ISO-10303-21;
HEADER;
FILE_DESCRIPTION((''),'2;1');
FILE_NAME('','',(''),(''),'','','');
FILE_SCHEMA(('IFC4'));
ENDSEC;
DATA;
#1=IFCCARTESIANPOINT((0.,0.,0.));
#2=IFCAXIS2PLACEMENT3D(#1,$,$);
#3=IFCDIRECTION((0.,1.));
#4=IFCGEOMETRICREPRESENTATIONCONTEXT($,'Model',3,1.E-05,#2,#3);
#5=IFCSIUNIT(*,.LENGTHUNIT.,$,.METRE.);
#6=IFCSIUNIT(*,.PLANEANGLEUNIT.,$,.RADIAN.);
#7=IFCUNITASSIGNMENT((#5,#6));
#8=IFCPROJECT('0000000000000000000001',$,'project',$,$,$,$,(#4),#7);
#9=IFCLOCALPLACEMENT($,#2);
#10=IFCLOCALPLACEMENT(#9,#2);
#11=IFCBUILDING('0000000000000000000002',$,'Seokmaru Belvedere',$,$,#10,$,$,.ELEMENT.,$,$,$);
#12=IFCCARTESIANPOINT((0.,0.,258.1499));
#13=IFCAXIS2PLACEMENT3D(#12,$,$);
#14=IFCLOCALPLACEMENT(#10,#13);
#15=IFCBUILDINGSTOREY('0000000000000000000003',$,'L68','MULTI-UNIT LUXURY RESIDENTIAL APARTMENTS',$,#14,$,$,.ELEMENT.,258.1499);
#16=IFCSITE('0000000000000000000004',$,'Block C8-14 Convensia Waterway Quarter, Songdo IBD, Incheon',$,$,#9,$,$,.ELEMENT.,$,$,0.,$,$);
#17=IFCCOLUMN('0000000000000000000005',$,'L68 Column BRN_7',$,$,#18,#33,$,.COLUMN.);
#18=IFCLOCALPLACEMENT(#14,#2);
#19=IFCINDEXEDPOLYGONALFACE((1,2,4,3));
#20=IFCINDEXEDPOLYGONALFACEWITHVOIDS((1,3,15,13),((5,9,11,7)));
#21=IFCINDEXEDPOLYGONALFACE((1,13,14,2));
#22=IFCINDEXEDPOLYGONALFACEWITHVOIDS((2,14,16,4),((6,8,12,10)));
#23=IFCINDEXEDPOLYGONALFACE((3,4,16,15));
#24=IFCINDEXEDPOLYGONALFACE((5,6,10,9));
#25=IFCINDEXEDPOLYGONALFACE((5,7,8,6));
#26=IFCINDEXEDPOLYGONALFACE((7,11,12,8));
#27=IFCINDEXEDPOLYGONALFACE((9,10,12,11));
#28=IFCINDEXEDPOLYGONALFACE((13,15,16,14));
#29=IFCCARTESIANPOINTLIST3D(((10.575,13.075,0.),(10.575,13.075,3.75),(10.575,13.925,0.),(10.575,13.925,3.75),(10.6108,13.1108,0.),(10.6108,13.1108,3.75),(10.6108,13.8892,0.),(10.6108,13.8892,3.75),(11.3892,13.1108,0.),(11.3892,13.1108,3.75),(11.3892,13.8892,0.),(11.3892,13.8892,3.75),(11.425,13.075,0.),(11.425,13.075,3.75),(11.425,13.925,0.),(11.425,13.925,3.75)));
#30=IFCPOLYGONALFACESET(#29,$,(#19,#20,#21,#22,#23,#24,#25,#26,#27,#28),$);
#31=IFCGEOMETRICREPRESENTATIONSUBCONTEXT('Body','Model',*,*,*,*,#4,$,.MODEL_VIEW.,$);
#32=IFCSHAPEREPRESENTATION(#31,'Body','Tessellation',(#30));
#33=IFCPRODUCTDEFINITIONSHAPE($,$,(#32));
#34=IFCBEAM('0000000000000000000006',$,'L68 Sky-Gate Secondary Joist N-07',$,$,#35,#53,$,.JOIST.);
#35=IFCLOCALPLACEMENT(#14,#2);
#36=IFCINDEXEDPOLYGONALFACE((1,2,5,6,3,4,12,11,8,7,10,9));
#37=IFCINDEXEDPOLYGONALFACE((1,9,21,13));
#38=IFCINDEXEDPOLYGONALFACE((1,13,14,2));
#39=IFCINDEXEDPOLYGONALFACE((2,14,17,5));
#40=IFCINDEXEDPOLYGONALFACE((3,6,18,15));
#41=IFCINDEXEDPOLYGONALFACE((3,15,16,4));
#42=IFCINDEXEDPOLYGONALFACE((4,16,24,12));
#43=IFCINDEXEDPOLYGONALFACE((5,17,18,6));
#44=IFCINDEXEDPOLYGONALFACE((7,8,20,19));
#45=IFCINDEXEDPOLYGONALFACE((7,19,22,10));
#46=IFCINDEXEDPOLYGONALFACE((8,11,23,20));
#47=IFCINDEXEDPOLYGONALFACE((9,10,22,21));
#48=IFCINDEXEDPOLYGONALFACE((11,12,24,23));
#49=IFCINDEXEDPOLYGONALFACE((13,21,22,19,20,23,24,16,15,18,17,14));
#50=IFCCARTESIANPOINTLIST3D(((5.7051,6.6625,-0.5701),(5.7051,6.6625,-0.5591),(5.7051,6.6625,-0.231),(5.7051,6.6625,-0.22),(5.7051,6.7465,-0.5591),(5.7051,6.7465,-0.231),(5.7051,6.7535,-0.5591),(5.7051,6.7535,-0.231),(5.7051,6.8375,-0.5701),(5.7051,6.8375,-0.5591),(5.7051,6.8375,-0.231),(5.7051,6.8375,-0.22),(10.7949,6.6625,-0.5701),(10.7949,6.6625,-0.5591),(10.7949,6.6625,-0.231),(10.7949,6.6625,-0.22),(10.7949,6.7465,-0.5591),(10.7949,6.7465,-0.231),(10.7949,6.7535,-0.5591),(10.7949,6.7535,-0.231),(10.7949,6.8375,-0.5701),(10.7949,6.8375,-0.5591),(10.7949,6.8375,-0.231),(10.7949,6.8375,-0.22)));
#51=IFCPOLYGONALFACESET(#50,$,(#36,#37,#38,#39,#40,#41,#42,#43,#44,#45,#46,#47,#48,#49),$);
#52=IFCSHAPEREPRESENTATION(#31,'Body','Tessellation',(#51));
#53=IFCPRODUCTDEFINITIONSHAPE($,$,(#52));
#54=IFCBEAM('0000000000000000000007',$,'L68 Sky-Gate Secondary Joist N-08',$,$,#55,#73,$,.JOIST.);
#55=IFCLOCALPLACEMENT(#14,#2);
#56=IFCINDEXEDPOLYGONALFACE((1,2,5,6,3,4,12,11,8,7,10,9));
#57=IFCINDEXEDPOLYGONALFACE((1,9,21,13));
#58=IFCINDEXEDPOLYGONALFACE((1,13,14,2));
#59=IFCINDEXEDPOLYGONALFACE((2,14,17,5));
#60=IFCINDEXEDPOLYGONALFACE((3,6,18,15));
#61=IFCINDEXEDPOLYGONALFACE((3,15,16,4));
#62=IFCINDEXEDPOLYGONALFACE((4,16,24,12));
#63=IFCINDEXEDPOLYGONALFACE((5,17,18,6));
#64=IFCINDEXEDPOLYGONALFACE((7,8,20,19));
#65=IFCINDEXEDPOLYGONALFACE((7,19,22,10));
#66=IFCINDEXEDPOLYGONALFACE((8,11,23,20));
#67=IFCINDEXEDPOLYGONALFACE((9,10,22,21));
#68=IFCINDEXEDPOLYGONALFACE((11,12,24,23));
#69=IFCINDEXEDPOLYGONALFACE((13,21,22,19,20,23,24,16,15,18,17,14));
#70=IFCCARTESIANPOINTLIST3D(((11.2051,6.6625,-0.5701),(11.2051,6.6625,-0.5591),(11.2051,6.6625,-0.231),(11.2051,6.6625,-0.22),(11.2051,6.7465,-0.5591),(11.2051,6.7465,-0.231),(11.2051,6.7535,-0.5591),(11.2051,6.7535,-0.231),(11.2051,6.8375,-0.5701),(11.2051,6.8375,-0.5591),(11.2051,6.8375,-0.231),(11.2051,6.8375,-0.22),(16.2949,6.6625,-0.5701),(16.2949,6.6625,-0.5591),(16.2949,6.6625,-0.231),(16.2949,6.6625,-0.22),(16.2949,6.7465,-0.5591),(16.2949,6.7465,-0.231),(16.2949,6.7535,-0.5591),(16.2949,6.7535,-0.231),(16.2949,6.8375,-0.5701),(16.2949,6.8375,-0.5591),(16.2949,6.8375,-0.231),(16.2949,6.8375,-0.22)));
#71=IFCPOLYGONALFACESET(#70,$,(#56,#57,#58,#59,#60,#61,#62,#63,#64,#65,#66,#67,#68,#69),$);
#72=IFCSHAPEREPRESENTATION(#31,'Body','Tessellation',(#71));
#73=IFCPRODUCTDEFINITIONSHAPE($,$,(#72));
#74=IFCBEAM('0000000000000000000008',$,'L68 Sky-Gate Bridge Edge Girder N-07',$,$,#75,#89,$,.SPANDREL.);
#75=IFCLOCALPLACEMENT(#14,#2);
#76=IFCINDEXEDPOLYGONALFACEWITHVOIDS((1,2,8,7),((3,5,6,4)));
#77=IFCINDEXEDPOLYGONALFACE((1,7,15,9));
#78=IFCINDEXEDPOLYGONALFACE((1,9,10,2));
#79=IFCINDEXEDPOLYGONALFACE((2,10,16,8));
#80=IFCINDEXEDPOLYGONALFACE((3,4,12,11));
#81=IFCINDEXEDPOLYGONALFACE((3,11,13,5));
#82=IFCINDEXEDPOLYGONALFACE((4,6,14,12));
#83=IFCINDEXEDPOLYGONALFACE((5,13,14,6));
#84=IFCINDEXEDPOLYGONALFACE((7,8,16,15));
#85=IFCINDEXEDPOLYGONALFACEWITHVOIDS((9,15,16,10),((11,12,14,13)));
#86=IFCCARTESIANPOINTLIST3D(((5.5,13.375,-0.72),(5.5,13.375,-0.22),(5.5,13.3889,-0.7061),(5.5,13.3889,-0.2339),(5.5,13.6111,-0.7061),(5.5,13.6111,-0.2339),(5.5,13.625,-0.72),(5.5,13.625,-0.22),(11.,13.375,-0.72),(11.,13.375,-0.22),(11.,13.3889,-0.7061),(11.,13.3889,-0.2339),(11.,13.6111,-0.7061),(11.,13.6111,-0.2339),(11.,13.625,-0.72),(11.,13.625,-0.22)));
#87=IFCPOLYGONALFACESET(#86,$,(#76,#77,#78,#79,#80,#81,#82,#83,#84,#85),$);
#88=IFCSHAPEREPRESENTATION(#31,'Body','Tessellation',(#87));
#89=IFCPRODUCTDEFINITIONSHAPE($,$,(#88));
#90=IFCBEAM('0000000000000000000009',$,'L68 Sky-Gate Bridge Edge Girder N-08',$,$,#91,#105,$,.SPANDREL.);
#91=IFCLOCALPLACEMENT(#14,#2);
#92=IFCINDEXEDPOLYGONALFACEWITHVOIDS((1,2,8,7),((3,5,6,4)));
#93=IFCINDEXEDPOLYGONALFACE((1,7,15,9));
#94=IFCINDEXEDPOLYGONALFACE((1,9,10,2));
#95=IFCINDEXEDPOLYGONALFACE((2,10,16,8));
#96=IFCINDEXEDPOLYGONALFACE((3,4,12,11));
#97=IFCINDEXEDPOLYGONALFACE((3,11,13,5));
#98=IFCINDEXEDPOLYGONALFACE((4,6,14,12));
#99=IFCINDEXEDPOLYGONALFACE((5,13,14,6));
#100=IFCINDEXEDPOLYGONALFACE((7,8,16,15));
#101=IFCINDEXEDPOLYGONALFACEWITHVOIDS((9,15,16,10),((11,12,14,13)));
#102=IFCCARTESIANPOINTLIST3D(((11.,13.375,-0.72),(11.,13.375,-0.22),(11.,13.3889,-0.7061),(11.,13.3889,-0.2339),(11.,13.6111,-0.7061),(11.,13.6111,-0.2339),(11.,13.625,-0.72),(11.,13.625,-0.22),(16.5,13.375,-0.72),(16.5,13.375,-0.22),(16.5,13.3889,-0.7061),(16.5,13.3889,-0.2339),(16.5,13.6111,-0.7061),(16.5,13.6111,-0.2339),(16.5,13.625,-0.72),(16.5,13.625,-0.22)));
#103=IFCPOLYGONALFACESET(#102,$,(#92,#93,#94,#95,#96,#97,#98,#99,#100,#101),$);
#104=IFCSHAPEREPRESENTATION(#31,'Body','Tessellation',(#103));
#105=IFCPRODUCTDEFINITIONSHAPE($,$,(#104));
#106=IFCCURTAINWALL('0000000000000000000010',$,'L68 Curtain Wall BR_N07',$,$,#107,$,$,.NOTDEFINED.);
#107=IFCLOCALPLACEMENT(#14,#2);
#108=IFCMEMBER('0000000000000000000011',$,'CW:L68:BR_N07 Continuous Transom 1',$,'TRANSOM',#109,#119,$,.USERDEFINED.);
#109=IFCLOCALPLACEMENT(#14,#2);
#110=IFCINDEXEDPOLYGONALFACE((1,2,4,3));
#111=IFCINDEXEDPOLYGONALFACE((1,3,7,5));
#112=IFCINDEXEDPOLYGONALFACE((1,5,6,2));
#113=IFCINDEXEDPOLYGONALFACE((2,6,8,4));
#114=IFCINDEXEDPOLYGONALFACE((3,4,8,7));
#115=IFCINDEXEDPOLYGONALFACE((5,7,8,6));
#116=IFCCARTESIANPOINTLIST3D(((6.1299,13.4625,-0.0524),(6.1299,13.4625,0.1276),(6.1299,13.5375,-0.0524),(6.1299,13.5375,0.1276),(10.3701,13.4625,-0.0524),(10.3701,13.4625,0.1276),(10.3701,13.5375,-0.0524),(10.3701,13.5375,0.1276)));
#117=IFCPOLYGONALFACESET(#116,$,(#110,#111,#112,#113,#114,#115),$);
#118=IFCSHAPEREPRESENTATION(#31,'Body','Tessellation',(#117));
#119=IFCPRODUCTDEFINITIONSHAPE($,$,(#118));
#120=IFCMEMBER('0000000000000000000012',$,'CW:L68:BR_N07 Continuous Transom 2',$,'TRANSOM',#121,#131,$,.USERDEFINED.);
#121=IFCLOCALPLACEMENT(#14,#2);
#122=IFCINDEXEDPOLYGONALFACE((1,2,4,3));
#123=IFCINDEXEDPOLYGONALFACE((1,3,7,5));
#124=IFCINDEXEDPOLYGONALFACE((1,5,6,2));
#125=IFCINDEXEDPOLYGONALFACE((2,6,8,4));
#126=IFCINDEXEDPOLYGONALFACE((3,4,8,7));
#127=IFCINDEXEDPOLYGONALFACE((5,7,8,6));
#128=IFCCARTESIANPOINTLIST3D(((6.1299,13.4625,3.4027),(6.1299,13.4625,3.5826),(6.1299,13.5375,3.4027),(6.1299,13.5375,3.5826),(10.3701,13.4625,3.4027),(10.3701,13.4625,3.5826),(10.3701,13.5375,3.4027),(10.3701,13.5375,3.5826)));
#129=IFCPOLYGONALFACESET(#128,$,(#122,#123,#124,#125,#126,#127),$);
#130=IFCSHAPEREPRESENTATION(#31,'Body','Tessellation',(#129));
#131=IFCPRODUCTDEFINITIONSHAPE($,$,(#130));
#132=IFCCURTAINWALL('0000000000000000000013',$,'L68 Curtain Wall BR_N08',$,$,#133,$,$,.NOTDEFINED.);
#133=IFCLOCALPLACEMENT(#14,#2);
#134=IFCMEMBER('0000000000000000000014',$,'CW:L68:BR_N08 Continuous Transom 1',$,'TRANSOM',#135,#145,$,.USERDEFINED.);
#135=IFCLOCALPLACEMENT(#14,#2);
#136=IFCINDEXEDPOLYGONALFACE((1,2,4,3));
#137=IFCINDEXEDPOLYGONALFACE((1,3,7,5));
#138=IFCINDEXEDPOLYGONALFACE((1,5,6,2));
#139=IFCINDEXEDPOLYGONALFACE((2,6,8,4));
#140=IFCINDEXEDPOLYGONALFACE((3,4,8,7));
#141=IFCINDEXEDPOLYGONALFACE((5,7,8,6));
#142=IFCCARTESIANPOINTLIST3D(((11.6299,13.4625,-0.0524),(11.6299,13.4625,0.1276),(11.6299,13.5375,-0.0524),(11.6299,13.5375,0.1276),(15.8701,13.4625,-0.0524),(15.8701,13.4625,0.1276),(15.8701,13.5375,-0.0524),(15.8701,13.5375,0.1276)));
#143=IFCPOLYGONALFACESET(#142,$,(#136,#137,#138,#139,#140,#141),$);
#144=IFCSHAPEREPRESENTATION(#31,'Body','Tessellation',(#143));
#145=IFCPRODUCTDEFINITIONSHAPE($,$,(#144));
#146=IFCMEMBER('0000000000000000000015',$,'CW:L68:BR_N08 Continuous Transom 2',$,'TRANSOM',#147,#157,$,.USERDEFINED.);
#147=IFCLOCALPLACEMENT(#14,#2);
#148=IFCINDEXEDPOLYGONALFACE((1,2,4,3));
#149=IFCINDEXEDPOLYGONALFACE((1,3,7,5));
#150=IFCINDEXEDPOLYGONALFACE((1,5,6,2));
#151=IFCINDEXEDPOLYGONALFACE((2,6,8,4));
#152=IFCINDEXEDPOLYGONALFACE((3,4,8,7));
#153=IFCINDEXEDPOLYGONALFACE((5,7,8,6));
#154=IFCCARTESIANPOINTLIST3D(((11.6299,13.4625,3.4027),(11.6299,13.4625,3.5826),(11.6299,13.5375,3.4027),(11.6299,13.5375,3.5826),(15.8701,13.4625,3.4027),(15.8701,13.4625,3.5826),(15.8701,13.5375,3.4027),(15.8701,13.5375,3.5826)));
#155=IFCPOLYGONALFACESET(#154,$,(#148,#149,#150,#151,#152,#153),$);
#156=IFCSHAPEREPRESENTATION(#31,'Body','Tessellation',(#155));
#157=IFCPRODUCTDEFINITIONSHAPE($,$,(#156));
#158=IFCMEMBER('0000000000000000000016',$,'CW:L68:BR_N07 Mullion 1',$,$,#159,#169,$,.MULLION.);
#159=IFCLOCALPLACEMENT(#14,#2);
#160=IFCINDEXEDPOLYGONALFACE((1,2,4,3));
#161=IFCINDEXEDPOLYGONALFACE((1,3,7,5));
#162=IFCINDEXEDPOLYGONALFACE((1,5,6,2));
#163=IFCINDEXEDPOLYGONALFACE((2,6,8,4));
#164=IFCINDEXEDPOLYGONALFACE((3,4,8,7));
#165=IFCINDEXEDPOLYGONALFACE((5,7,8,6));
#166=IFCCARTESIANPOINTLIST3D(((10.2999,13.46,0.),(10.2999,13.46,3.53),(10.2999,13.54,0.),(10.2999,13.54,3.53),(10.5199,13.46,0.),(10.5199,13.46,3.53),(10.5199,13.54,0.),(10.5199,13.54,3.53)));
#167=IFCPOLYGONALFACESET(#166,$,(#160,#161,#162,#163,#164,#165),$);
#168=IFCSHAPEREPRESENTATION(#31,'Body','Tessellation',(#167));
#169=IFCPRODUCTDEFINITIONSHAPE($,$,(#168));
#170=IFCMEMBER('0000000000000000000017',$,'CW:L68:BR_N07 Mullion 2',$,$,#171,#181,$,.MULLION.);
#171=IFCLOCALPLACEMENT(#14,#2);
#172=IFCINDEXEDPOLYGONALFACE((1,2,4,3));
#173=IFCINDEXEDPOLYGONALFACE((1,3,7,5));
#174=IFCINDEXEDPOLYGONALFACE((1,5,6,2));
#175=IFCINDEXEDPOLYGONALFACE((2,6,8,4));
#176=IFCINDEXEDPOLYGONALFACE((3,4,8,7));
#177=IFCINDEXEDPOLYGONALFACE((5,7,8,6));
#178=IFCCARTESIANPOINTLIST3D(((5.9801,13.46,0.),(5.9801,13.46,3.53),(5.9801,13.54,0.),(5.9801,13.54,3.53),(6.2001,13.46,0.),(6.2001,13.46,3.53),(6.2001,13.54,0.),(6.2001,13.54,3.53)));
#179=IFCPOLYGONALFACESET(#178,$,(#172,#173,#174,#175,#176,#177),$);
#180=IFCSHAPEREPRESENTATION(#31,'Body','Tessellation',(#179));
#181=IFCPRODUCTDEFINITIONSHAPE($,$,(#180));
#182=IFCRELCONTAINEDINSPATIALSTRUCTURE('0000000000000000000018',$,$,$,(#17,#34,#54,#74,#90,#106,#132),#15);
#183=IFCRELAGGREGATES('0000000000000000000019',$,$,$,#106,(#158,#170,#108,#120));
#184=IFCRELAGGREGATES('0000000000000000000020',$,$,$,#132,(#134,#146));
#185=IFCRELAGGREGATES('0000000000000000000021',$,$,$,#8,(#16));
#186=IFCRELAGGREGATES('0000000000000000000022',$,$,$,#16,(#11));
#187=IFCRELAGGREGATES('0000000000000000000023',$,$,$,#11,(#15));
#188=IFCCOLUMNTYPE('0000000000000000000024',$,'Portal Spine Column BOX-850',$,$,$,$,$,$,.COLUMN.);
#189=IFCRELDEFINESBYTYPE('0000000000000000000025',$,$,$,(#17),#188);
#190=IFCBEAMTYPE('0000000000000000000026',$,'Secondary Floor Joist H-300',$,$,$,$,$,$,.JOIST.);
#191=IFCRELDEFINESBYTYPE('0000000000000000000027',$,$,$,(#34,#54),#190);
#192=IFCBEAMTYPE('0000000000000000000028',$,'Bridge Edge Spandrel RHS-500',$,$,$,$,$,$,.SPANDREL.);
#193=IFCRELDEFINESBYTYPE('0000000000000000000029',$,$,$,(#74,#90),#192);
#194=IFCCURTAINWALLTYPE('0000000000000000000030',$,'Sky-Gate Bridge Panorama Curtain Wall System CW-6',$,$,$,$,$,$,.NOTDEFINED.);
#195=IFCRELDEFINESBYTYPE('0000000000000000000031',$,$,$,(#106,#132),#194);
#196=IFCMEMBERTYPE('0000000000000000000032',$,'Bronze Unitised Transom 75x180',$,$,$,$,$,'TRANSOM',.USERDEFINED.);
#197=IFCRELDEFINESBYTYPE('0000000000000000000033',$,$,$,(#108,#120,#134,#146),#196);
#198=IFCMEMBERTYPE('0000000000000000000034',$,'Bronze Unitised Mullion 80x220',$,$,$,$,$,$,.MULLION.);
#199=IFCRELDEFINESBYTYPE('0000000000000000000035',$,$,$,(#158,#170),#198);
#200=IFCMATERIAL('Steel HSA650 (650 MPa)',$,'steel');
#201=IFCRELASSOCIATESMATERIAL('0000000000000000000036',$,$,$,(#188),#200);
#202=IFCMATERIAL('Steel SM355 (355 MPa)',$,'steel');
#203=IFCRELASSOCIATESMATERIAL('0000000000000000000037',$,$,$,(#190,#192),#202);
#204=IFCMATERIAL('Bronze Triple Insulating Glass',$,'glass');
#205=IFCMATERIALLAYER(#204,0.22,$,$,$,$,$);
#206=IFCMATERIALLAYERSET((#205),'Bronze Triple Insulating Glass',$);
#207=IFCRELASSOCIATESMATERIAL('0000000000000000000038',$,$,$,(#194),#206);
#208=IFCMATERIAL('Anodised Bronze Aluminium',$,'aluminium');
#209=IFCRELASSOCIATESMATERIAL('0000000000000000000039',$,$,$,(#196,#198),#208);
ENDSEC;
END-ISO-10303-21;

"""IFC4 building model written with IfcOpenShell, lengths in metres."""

from ifc_helpers import new_model, si_unit, direction, frame, origin, origin_2d, place, context, subcontext, project, spatial, rectangle, hollow_rectangle, i_section, extrude, source, transform, mapped, material, layer, layer_set, material_profile, profile_set, type_object, type_shapes, element, aggregate, save


model = new_model("IFC4")

# Units and contexts
model_context = context("Model", 3, precision=1e-05, world=origin(), true_north=direction((0.0, 1.0)))
body_context = subcontext(model_context, "Body", "Model", "MODEL_VIEW")
ifc_project = project(units=[si_unit("LENGTHUNIT", "METRE"), si_unit("PLANEANGLEUNIT", "RADIAN")], contexts=[model_context])

# Site, building, storey
site_placement = place(None, origin())
site = spatial("IfcSite", under=ifc_project, at=site_placement, Name="Block C8-14 Convensia Waterway Quarter, Songdo IBD, Incheon", CompositionType="ELEMENT", RefElevation=0.0)
building_placement = place(site_placement, origin())
building = spatial("IfcBuilding", under=site, at=building_placement, Name="Seokmaru Belvedere", CompositionType="ELEMENT")
storey_placement = place(building_placement, frame((0.0, 0.0, 258.1499)))
storey = spatial("IfcBuildingStorey", under=building, at=storey_placement, Name="L68", Description="MULTI-UNIT LUXURY RESIDENTIAL APARTMENTS", CompositionType="ELEMENT", Elevation=258.1499)

# Column
ifc_material_1 = material(Name="Steel HSA650 (650 MPa)", Category="steel")
ifc_material_profile_1 = material_profile(ifc_material_1, hollow_rectangle(XDim=0.8501, YDim=0.8501, WallThickness=0.0359, at=origin_2d()), Name="BOX-850x850x36")
ifc_profile_set_1 = profile_set([ifc_material_profile_1], Name="Steel HSA650 (650 MPa)")
column_type = type_object("IfcColumnType", Name="Portal Spine Column BOX-850", PredefinedType="COLUMN", material=ifc_profile_set_1)
shared_shape_1 = source(origin(), body_context, "Body", "SweptSolid", [
    extrude(hollow_rectangle(XDim=0.8501, YDim=0.8501, WallThickness=0.0359, at=origin_2d()), origin(), (0.0, 0.0, 1.0), 3.75),
])
type_shapes(column_type, [shared_shape_1])
column_placement = place(storey_placement, frame((11.0, 13.5, 0.0), z_axis=(0.0, 0.0, 1.0), x_axis=(1.0, 0.0, 0.0)))
element("IfcColumn", 1, at=column_placement, inside=storey, type_object=column_type, Name="L68 Column BRN_7", PredefinedType="COLUMN", context=body_context, shape_type="MappedRepresentation", body=[
    mapped(shared_shape_1, transform((0.0, 0.0, 0.0), scale=1.0)),
])

# Beams
ifc_material_2 = material(Name="Steel SM355 (355 MPa)", Category="steel")
ifc_material_profile_2 = material_profile(ifc_material_2, i_section(OverallWidth=0.175, OverallDepth=0.3501, WebThickness=0.0071, FlangeThickness=0.011, at=origin_2d()), Name="H-350x175x7x11")
ifc_profile_set_2 = profile_set([ifc_material_profile_2], Name="Steel SM355 (355 MPa)")
beam_type_1 = type_object("IfcBeamType", Name="Secondary Floor Joist H-300", PredefinedType="JOIST", material=ifc_profile_set_2)
shared_shape_2 = source(origin(), body_context, "Body", "SweptSolid", [
    extrude(i_section(OverallWidth=0.175, OverallDepth=0.3501, WebThickness=0.0071, FlangeThickness=0.011, at=origin_2d()), origin(), (0.0, 0.0, 1.0), 5.0898),
])
type_shapes(beam_type_1, [shared_shape_2])
for number, where, z_axis, x_axis, name in (
    (2, (5.7051, 6.75, -0.395), (1.0, 0.0, 0.0), (0.0, 1.0, 0.0), "L68 Sky-Gate Secondary Joist N-07"),
    (3, (11.2051, 6.75, -0.395), (1.0, 0.0, 0.0), (0.0, 1.0, 0.0), "L68 Sky-Gate Secondary Joist N-08"),
):
    element("IfcBeam", number, at=place(storey_placement, frame(where, z_axis=z_axis, x_axis=x_axis)), inside=storey, type_object=beam_type_1, Name=name, PredefinedType="JOIST", context=body_context, shape_type="MappedRepresentation", body=[
        mapped(shared_shape_2, transform((0.0, 0.0, 0.0), scale=1.0)),
    ])
ifc_material_profile_3 = material_profile(ifc_material_2, hollow_rectangle(XDim=0.25, YDim=0.5, WallThickness=0.0139, at=origin_2d()), Name="RHS-500x250x14")
ifc_profile_set_3 = profile_set([ifc_material_profile_3], Name="Steel SM355 (355 MPa)")
beam_type_2 = type_object("IfcBeamType", Name="Bridge Edge Spandrel RHS-500", PredefinedType="SPANDREL", material=ifc_profile_set_3)
shared_shape_3 = source(origin(), body_context, "Body", "SweptSolid", [
    extrude(hollow_rectangle(XDim=0.25, YDim=0.5, WallThickness=0.0139, at=origin_2d()), origin(), (0.0, 0.0, 1.0), 5.5),
])
type_shapes(beam_type_2, [shared_shape_3])
for number, where, z_axis, x_axis, name in (
    (4, (5.5, 13.5, -0.47), (1.0, 0.0, 0.0), (0.0, 1.0, 0.0), "L68 Sky-Gate Bridge Edge Girder N-07"),
    (5, (11.0, 13.5, -0.47), (1.0, 0.0, 0.0), (0.0, 1.0, 0.0), "L68 Sky-Gate Bridge Edge Girder N-08"),
):
    element("IfcBeam", number, at=place(storey_placement, frame(where, z_axis=z_axis, x_axis=x_axis)), inside=storey, type_object=beam_type_2, Name=name, PredefinedType="SPANDREL", context=body_context, shape_type="MappedRepresentation", body=[
        mapped(shared_shape_3, transform((0.0, 0.0, 0.0), scale=1.0)),
    ])

# Curtain walls, members
ifc_material_3 = material(Name="Bronze Triple Insulating Glass", Category="glass")
ifc_layer_1 = layer(ifc_material_3, 0.22)
ifc_layer_set_1 = layer_set([ifc_layer_1], Name="Bronze Triple Insulating Glass")
curtain_wall_type = type_object("IfcCurtainWallType", Name="Sky-Gate Bridge Panorama Curtain Wall System CW-6", PredefinedType="NOTDEFINED", material=ifc_layer_set_1)
curtain_wall_1_placement = place(storey_placement, origin())
curtain_wall_1 = element("IfcCurtainWall", 6, at=curtain_wall_1_placement, inside=storey, type_object=curtain_wall_type, Name="L68 Curtain Wall BR_N07", PredefinedType="NOTDEFINED")
ifc_material_4 = material(Name="Anodised Bronze Aluminium", Category="aluminium")
ifc_material_profile_4 = material_profile(ifc_material_4, rectangle(XDim=0.075, YDim=0.1799, at=origin_2d()), Name="CW-T-75x180")
ifc_profile_set_4 = profile_set([ifc_material_profile_4], Name="Anodised Bronze Aluminium")
member_type_1 = type_object("IfcMemberType", Name="Bronze Unitised Transom 75x180", ElementType="TRANSOM", PredefinedType="USERDEFINED", material=ifc_profile_set_4)
shared_shape_4 = source(origin(), body_context, "Body", "SweptSolid", [
    extrude(rectangle(XDim=0.075, YDim=0.1799, at=origin_2d()), origin(), (0.0, 0.0, 1.0), 4.2402),
])
type_shapes(member_type_1, [shared_shape_4])
member_1_placement = place(storey_placement, frame((10.3701, 13.5, 0.0376), z_axis=(-1.0, 0.0, 0.0), x_axis=(0.0, -1.0, 0.0)))
member_1 = element("IfcMember", 7, at=member_1_placement, type_object=member_type_1, Name="CW:L68:BR_N07 Continuous Transom 1", ObjectType="TRANSOM", PredefinedType="USERDEFINED", context=body_context, shape_type="MappedRepresentation", body=[
    mapped(shared_shape_4, transform((0.0, 0.0, 0.0), scale=1.0)),
])
member_2_placement = place(storey_placement, frame((10.3701, 13.5, 3.4927), z_axis=(-1.0, 0.0, 0.0), x_axis=(0.0, -1.0, 0.0)))
member_2 = element("IfcMember", 8, at=member_2_placement, type_object=member_type_1, Name="CW:L68:BR_N07 Continuous Transom 2", ObjectType="TRANSOM", PredefinedType="USERDEFINED", context=body_context, shape_type="MappedRepresentation", body=[
    mapped(shared_shape_4, transform((0.0, 0.0, 0.0), scale=1.0)),
])
curtain_wall_2_placement = place(storey_placement, origin())
curtain_wall_2 = element("IfcCurtainWall", 9, at=curtain_wall_2_placement, inside=storey, type_object=curtain_wall_type, Name="L68 Curtain Wall BR_N08", PredefinedType="NOTDEFINED")
member_3_placement = place(storey_placement, frame((15.8701, 13.5, 0.0376), z_axis=(-1.0, 0.0, 0.0), x_axis=(0.0, -1.0, 0.0)))
member_3 = element("IfcMember", 10, at=member_3_placement, type_object=member_type_1, Name="CW:L68:BR_N08 Continuous Transom 1", ObjectType="TRANSOM", PredefinedType="USERDEFINED", context=body_context, shape_type="MappedRepresentation", body=[
    mapped(shared_shape_4, transform((0.0, 0.0, 0.0), scale=1.0)),
])
member_4_placement = place(storey_placement, frame((15.8701, 13.5, 3.4927), z_axis=(-1.0, 0.0, 0.0), x_axis=(0.0, -1.0, 0.0)))
member_4 = element("IfcMember", 11, at=member_4_placement, type_object=member_type_1, Name="CW:L68:BR_N08 Continuous Transom 2", ObjectType="TRANSOM", PredefinedType="USERDEFINED", context=body_context, shape_type="MappedRepresentation", body=[
    mapped(shared_shape_4, transform((0.0, 0.0, 0.0), scale=1.0)),
])

# Members
ifc_material_profile_5 = material_profile(ifc_material_4, rectangle(XDim=0.0801, YDim=0.22, at=origin_2d()), Name="CW-M-80x220")
ifc_profile_set_5 = profile_set([ifc_material_profile_5], Name="Anodised Bronze Aluminium")
member_type_2 = type_object("IfcMemberType", Name="Bronze Unitised Mullion 80x220", PredefinedType="MULLION", material=ifc_profile_set_5)
shared_shape_5 = source(origin(), body_context, "Body", "SweptSolid", [
    extrude(rectangle(XDim=0.0801, YDim=0.22, at=origin_2d()), origin(), (0.0, 0.0, 1.0), 3.53),
])
type_shapes(member_type_2, [shared_shape_5])
member_5_placement = place(storey_placement, frame((10.4099, 13.5, 0.0), z_axis=(0.0, 0.0, 1.0), x_axis=(0.0, -1.0, 0.0)))
member_5 = element("IfcMember", 12, at=member_5_placement, type_object=member_type_2, Name="CW:L68:BR_N07 Mullion 1", PredefinedType="MULLION", context=body_context, shape_type="MappedRepresentation", body=[
    mapped(shared_shape_5, transform((0.0, 0.0, 0.0), scale=1.0)),
])
member_6_placement = place(storey_placement, frame((6.0901, 13.5, 0.0), z_axis=(0.0, 0.0, 1.0), x_axis=(0.0, -1.0, 0.0)))
member_6 = element("IfcMember", 13, at=member_6_placement, type_object=member_type_2, Name="CW:L68:BR_N07 Mullion 2", PredefinedType="MULLION", context=body_context, shape_type="MappedRepresentation", body=[
    mapped(shared_shape_5, transform((0.0, 0.0, 0.0), scale=1.0)),
])

aggregate(curtain_wall_1, [member_5, member_6, member_1, member_2])
aggregate(curtain_wall_2, [member_3, member_4])

save(model, "model.ifc")
